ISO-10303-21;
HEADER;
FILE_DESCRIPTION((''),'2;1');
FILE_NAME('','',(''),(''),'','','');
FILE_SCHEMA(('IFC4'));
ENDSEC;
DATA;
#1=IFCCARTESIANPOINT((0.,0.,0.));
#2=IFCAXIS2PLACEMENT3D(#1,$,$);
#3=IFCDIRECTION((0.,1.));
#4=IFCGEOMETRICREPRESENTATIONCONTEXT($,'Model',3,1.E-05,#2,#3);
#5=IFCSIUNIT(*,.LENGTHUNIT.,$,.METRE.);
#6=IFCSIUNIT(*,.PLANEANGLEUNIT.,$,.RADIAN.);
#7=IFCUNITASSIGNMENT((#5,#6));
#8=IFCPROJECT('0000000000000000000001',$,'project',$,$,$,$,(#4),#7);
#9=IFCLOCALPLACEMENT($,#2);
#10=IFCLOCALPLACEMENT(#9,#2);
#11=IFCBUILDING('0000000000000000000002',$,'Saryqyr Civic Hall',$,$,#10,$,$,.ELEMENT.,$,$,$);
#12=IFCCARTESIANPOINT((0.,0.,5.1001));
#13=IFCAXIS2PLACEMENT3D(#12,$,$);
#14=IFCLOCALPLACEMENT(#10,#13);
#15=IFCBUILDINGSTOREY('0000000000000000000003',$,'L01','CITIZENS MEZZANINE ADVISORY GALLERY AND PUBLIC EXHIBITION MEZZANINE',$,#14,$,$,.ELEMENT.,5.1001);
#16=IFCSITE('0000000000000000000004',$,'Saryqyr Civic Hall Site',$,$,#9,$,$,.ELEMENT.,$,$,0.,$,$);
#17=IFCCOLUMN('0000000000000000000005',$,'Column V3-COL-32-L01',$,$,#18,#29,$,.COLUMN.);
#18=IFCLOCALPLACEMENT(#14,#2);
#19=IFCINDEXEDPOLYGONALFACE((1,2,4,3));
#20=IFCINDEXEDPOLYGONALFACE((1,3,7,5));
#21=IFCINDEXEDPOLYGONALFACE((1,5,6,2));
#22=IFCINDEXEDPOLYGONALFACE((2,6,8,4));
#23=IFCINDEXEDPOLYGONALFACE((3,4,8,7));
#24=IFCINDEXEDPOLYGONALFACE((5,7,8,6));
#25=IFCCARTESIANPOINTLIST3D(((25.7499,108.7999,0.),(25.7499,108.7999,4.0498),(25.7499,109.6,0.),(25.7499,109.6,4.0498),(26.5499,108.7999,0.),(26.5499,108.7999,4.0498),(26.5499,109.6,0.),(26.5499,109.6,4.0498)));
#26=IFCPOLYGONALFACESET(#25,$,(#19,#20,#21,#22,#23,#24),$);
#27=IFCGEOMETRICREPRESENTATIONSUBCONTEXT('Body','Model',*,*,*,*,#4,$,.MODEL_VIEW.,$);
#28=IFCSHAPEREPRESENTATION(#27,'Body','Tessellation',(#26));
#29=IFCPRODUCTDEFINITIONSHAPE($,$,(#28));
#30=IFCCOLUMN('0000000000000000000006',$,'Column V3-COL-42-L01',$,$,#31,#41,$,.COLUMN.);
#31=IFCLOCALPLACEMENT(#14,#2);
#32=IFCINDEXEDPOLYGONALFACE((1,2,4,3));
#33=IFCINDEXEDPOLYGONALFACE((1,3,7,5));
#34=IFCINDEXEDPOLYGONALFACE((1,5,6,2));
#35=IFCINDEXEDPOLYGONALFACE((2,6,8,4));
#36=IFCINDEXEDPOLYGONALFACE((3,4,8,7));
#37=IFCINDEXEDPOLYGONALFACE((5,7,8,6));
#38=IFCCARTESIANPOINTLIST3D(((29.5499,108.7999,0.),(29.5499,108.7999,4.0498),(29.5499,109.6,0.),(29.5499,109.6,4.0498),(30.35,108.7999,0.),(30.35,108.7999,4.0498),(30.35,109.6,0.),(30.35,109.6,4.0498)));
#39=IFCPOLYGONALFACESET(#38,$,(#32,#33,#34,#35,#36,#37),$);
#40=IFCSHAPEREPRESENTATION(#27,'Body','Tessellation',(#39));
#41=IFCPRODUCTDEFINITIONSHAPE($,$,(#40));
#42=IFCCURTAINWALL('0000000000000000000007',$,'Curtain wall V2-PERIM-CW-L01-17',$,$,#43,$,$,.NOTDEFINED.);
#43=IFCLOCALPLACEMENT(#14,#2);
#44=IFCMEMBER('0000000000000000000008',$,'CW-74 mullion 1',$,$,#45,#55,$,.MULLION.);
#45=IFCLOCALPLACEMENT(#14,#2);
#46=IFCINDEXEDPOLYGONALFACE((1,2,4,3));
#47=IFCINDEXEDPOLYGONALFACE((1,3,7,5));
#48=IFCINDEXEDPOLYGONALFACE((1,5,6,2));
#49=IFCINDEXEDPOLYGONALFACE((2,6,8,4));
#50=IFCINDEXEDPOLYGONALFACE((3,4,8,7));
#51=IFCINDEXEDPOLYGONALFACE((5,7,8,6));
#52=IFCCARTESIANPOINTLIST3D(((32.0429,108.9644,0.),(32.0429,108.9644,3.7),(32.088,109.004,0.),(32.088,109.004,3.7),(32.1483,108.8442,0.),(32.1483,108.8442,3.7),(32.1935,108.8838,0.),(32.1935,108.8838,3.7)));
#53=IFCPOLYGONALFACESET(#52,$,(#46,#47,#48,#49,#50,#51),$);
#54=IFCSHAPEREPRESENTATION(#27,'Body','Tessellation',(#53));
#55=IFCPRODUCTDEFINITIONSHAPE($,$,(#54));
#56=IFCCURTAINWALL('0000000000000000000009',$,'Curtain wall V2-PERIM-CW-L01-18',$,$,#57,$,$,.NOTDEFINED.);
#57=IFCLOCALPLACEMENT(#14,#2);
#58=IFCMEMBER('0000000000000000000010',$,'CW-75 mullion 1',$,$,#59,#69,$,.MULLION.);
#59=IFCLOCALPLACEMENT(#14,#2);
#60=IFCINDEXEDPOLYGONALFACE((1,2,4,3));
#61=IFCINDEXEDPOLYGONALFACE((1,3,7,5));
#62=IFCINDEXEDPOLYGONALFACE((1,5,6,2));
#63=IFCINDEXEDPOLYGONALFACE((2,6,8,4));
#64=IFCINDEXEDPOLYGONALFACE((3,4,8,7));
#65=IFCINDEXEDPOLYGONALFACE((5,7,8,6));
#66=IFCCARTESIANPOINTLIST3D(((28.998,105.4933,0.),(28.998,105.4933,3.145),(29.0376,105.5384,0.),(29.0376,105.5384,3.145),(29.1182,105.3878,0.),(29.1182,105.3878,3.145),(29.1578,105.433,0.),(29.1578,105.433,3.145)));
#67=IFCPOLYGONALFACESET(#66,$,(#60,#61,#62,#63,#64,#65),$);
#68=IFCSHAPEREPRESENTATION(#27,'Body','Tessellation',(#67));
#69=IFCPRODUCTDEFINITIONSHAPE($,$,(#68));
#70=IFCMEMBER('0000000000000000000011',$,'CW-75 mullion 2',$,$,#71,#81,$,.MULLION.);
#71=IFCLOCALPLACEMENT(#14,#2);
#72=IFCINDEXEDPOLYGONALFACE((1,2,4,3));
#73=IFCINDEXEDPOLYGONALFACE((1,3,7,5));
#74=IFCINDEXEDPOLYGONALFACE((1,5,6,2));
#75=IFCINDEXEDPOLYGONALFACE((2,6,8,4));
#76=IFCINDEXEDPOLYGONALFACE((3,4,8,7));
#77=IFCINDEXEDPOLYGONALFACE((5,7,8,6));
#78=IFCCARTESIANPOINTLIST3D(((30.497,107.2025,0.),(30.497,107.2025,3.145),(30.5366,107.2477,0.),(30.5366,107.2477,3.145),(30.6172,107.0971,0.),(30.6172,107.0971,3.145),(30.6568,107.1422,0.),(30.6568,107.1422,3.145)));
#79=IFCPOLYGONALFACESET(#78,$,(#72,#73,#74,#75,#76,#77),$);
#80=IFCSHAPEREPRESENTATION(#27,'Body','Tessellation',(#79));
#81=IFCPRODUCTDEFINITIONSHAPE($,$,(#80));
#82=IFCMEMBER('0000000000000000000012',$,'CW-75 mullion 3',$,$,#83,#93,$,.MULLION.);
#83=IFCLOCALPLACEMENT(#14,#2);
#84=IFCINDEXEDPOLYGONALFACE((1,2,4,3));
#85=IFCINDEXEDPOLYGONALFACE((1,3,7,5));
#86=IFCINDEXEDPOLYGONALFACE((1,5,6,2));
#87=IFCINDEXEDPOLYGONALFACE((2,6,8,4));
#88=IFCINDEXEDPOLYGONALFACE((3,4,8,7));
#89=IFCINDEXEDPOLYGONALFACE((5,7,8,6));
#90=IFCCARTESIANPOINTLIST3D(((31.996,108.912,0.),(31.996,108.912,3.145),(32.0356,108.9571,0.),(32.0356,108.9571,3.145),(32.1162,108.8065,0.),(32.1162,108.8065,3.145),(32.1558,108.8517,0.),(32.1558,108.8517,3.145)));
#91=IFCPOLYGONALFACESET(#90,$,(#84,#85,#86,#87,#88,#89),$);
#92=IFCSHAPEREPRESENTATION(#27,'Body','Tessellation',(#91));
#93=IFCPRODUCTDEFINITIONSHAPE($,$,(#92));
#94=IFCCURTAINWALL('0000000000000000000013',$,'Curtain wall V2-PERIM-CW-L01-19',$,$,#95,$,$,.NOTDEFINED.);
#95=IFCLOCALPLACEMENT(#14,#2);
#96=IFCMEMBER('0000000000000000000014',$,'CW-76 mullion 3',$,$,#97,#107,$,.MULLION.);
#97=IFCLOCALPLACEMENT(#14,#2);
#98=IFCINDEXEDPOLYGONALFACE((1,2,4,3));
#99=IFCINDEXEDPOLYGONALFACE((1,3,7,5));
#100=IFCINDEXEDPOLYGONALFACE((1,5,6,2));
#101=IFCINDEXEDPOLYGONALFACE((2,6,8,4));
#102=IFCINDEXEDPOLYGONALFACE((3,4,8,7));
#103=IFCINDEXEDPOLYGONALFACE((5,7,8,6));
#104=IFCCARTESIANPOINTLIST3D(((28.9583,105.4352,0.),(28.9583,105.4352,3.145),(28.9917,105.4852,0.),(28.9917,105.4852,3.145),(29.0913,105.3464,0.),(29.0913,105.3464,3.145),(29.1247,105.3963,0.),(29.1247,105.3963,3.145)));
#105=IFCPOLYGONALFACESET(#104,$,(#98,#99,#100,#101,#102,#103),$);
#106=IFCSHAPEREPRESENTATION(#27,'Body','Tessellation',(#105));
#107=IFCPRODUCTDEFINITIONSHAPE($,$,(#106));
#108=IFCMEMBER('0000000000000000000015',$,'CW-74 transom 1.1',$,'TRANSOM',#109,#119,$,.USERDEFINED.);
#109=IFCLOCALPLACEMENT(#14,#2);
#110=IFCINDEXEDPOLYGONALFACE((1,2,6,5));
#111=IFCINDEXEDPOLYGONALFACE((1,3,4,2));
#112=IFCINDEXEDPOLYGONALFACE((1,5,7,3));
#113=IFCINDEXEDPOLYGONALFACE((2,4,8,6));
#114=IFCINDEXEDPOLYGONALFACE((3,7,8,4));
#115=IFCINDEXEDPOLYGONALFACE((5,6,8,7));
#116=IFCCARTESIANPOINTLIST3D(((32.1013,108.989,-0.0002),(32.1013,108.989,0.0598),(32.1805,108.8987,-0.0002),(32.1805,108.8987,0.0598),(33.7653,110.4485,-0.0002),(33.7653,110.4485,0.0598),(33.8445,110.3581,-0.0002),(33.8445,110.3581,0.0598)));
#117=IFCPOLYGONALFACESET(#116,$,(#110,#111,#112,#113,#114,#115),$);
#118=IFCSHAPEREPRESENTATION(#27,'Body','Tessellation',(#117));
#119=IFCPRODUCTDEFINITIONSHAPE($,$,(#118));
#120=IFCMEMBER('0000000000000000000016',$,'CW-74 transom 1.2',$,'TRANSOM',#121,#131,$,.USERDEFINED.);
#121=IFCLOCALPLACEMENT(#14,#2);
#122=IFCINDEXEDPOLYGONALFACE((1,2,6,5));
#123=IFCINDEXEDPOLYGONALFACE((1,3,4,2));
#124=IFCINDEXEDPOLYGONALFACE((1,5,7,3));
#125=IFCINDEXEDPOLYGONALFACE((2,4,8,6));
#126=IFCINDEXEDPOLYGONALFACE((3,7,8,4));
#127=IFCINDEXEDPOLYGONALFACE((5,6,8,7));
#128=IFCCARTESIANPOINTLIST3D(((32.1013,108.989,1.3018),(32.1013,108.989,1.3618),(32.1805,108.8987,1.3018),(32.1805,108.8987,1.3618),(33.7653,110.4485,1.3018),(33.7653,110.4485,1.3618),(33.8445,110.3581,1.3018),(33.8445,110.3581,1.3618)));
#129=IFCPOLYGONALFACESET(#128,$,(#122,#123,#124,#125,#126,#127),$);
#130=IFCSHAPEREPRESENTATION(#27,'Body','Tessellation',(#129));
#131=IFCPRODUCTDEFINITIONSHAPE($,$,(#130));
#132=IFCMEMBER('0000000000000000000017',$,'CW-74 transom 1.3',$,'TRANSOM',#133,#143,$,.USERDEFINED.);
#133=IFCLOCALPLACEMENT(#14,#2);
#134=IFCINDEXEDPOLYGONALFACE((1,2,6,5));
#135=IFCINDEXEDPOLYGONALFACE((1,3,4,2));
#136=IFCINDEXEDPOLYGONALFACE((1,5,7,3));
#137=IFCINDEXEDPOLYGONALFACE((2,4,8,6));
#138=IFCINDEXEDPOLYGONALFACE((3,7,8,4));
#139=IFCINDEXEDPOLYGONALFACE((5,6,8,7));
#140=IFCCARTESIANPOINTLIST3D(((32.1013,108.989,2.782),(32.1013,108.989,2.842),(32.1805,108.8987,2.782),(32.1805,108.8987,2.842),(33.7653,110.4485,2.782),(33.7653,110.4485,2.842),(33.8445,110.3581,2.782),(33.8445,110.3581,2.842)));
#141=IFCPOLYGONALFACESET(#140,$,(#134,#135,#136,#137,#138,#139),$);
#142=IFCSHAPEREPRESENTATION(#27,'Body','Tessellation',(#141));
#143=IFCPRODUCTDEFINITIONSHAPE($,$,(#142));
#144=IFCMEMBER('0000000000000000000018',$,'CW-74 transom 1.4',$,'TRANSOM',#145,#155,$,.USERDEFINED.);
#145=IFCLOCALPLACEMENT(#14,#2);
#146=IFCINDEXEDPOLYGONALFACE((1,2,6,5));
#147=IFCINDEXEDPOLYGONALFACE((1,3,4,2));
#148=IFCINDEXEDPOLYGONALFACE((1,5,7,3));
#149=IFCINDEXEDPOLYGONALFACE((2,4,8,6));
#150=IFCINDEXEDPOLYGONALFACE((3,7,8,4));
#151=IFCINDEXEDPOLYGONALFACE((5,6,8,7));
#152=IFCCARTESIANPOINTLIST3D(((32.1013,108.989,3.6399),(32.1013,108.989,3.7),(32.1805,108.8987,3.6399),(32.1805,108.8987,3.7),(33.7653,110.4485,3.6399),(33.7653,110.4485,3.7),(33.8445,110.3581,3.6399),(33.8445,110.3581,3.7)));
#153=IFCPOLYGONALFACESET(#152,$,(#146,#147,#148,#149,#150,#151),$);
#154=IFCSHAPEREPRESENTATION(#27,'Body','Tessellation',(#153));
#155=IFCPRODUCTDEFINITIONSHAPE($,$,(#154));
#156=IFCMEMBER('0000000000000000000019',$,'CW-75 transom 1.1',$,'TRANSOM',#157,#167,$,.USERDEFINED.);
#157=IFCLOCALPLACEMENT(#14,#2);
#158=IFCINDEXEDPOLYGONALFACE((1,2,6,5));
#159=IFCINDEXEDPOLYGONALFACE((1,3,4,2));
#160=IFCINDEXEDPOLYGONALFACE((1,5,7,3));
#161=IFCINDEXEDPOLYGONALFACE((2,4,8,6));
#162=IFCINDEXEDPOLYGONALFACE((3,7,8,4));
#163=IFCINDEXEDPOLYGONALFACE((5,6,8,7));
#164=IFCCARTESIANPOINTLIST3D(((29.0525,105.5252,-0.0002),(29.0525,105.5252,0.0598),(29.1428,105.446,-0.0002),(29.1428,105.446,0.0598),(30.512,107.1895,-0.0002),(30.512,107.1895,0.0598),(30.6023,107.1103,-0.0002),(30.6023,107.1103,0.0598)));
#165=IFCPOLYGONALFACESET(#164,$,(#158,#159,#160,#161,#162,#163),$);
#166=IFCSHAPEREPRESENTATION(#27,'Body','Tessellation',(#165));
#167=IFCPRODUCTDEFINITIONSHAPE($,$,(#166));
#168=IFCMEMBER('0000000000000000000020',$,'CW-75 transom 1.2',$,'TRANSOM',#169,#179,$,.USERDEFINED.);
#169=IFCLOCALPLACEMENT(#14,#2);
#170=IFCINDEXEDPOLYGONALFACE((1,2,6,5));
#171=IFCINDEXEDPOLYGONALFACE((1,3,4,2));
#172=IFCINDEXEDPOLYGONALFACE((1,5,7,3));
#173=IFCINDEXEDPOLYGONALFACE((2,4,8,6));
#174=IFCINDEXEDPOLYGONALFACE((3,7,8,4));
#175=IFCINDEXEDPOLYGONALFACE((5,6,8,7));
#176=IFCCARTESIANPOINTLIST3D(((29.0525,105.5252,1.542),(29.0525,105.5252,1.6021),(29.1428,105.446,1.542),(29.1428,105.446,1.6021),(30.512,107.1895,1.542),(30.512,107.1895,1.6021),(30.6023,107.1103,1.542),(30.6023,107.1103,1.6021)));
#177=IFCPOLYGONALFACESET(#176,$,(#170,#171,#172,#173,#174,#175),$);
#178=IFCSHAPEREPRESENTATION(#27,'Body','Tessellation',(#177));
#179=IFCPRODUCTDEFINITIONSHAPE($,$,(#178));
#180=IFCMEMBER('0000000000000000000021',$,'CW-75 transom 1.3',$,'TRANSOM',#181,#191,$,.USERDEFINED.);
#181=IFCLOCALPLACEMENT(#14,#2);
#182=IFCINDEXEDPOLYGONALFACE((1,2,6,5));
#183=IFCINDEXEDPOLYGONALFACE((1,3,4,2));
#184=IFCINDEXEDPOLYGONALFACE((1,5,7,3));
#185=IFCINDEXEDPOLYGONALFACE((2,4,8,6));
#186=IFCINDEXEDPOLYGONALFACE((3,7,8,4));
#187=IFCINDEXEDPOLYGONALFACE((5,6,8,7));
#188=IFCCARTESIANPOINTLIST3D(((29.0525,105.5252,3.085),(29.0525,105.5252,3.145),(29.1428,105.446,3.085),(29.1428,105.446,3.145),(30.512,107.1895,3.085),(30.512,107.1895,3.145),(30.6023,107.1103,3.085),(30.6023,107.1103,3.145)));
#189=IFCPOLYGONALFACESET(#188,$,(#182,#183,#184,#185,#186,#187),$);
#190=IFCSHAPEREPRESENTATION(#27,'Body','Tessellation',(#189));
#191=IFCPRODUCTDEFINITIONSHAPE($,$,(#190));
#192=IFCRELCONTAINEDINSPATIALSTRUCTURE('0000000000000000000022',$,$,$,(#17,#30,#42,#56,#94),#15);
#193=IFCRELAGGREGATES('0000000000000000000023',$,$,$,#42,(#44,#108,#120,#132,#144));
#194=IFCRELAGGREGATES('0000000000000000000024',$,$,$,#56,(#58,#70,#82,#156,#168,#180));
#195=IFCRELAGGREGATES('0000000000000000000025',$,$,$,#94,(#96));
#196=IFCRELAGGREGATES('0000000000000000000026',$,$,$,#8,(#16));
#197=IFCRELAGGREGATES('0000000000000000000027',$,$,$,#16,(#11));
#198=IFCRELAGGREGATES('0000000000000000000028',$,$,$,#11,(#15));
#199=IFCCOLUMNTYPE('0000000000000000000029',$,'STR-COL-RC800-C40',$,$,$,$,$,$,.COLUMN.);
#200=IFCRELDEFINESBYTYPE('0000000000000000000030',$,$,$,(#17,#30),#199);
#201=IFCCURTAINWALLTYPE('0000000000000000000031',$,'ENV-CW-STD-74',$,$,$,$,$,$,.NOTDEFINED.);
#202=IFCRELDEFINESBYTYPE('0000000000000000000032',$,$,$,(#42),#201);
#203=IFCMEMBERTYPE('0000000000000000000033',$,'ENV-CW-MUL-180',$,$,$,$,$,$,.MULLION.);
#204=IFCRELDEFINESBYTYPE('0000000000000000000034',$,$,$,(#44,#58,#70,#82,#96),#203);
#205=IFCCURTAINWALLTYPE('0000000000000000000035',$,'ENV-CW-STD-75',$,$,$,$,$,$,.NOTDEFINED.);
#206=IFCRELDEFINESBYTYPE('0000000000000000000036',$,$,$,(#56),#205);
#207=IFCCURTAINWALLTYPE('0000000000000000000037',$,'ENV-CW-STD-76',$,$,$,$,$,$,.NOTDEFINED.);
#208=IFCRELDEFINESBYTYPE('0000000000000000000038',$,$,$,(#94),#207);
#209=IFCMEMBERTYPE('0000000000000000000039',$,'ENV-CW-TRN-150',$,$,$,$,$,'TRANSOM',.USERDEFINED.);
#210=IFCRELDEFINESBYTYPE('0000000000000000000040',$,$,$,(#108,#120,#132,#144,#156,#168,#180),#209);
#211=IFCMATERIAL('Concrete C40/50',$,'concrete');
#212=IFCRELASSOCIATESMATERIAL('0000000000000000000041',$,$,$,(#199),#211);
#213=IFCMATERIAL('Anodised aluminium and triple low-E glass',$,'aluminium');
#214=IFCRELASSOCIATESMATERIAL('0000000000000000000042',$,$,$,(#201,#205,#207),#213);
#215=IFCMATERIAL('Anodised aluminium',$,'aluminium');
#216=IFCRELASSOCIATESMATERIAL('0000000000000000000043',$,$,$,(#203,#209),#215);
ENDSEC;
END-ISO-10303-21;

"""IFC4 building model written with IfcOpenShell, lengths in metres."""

from ifc_helpers import new_model, si_unit, direction, frame, origin, origin_2d, place, context, subcontext, project, spatial, rectangle, extrude, material, material_profile, profile_set, type_object, element, aggregate, save


model = new_model("IFC4")

# Units and contexts
model_context = context("Model", 3, precision=1e-05, world=origin(), true_north=direction((0.0, 1.0)))
body_context = subcontext(model_context, "Body", "Model", "MODEL_VIEW")
ifc_project = project(units=[si_unit("LENGTHUNIT", "METRE"), si_unit("PLANEANGLEUNIT", "RADIAN")], contexts=[model_context])

# Site, building, storey
site_placement = place(None, origin())
site = spatial("IfcSite", under=ifc_project, at=site_placement, Name="Saryqyr Civic Hall Site", CompositionType="ELEMENT", RefElevation=0.0)
building_placement = place(site_placement, origin())
building = spatial("IfcBuilding", under=site, at=building_placement, Name="Saryqyr Civic Hall", CompositionType="ELEMENT")
storey_placement = place(building_placement, frame((0.0, 0.0, 5.1001)))
storey = spatial("IfcBuildingStorey", under=building, at=storey_placement, Name="L01", Description="CITIZENS MEZZANINE ADVISORY GALLERY AND PUBLIC EXHIBITION MEZZANINE", CompositionType="ELEMENT", Elevation=5.1001)

# Columns
ifc_material_1 = material(Name="Concrete C40/50", Category="concrete")
ifc_material_profile_1 = material_profile(ifc_material_1, rectangle(XDim=0.8, YDim=0.8, at=origin_2d()), Name="RC 800x800")
ifc_profile_set_1 = profile_set([ifc_material_profile_1], Name="Concrete C40/50")
column_type = type_object("IfcColumnType", Name="STR-COL-RC800-C40", PredefinedType="COLUMN", material=ifc_profile_set_1)
for number, where, z_axis, x_axis, name in (
    (1, (26.1499, 109.2, 0.0), (0.0, 0.0, 1.0), (1.0, 0.0, 0.0), "Column V3-COL-32-L01"),
    (2, (29.95, 109.2, 0.0), (0.0, 0.0, 1.0), (1.0, 0.0, 0.0), "Column V3-COL-42-L01"),
):
    element("IfcColumn", number, at=place(storey_placement, frame(where, z_axis=z_axis, x_axis=x_axis)), inside=storey, type_object=column_type, Name=name, PredefinedType="COLUMN", context=body_context, shape_type="SweptSolid", body=[
        extrude(rectangle(XDim=0.8, YDim=0.8, at=origin_2d()), origin(), (0.0, 0.0, 1.0), 4.0498),
    ])

# Curtain wall, member
ifc_material_2 = material(Name="Anodised aluminium and triple low-E glass", Category="aluminium")
curtain_wall_type_1 = type_object("IfcCurtainWallType", Name="ENV-CW-STD-74", PredefinedType="NOTDEFINED", material=ifc_material_2)
curtain_wall_1_placement = place(storey_placement, origin())
curtain_wall_1 = element("IfcCurtainWall", 3, at=curtain_wall_1_placement, inside=storey, type_object=curtain_wall_type_1, Name="Curtain wall V2-PERIM-CW-L01-17", PredefinedType="NOTDEFINED")
ifc_material_3 = material(Name="Anodised aluminium", Category="aluminium")
ifc_material_profile_2 = material_profile(ifc_material_3, rectangle(XDim=0.0601, YDim=0.1599, at=origin_2d()), Name="ALU MULLION 60x160")
ifc_profile_set_2 = profile_set([ifc_material_profile_2], Name="Anodised aluminium")
member_type_1 = type_object("IfcMemberType", Name="ENV-CW-MUL-180", PredefinedType="MULLION", material=ifc_profile_set_2)
member_1_placement = place(storey_placement, frame((32.1182, 108.9241, 0.0), z_axis=(0.0, 0.0, 1.0), x_axis=(0.751838, 0.659348, 0.0)))
member_1 = element("IfcMember", 4, at=member_1_placement, type_object=member_type_1, Name="CW-74 mullion 1", PredefinedType="MULLION", context=body_context, shape_type="SweptSolid", body=[
    extrude(rectangle(XDim=0.0601, YDim=0.1599, at=origin_2d()), origin(), (0.0, 0.0, 1.0), 3.7),
])

# Curtain wall, members
curtain_wall_type_2 = type_object("IfcCurtainWallType", Name="ENV-CW-STD-75", PredefinedType="NOTDEFINED", material=ifc_material_2)
curtain_wall_2_placement = place(storey_placement, origin())
curtain_wall_2 = element("IfcCurtainWall", 5, at=curtain_wall_2_placement, inside=storey, type_object=curtain_wall_type_2, Name="Curtain wall V2-PERIM-CW-L01-18", PredefinedType="NOTDEFINED")
member_2_placement = place(storey_placement, frame((29.0779, 105.4631, 0.0), z_axis=(0.0, 0.0, 1.0), x_axis=(0.659348, 0.751838, 0.0)))
member_2 = element("IfcMember", 6, at=member_2_placement, type_object=member_type_1, Name="CW-75 mullion 1", PredefinedType="MULLION", context=body_context, shape_type="SweptSolid", body=[
    extrude(rectangle(XDim=0.0601, YDim=0.1599, at=origin_2d()), origin(), (0.0, 0.0, 1.0), 3.145),
])
member_3_placement = place(storey_placement, frame((30.5769, 107.1724, 0.0), z_axis=(0.0, 0.0, 1.0), x_axis=(0.659348, 0.751838, 0.0)))
member_3 = element("IfcMember", 7, at=member_3_placement, type_object=member_type_1, Name="CW-75 mullion 2", PredefinedType="MULLION", context=body_context, shape_type="SweptSolid", body=[
    extrude(rectangle(XDim=0.0601, YDim=0.1599, at=origin_2d()), origin(), (0.0, 0.0, 1.0), 3.145),
])
member_4_placement = place(storey_placement, frame((32.0759, 108.8818, 0.0), z_axis=(0.0, 0.0, 1.0), x_axis=(0.659348, 0.751838, 0.0)))
member_4 = element("IfcMember", 8, at=member_4_placement, type_object=member_type_1, Name="CW-75 mullion 3", PredefinedType="MULLION", context=body_context, shape_type="SweptSolid", body=[
    extrude(rectangle(XDim=0.0601, YDim=0.1599, at=origin_2d()), origin(), (0.0, 0.0, 1.0), 3.145),
])

# Curtain wall, member
curtain_wall_type_3 = type_object("IfcCurtainWallType", Name="ENV-CW-STD-76", PredefinedType="NOTDEFINED", material=ifc_material_2)
curtain_wall_3_placement = place(storey_placement, origin())
curtain_wall_3 = element("IfcCurtainWall", 9, at=curtain_wall_3_placement, inside=storey, type_object=curtain_wall_type_3, Name="Curtain wall V2-PERIM-CW-L01-19", PredefinedType="NOTDEFINED")
member_5_placement = place(storey_placement, frame((29.0415, 105.4158, 0.0), z_axis=(0.0, 0.0, 1.0), x_axis=(0.555559, 0.831477, 0.0)))
member_5 = element("IfcMember", 10, at=member_5_placement, type_object=member_type_1, Name="CW-76 mullion 3", PredefinedType="MULLION", context=body_context, shape_type="SweptSolid", body=[
    extrude(rectangle(XDim=0.0601, YDim=0.1599, at=origin_2d()), origin(), (0.0, 0.0, 1.0), 3.145),
])

# Members
ifc_material_profile_3 = material_profile(ifc_material_3, rectangle(XDim=0.1201, YDim=0.0601, at=origin_2d()), Name="ALU TRANSOM 120x60")
ifc_profile_set_3 = profile_set([ifc_material_profile_3], Name="Anodised aluminium")
member_type_2 = type_object("IfcMemberType", Name="ENV-CW-TRN-150", ElementType="TRANSOM", PredefinedType="USERDEFINED", material=ifc_profile_set_3)
member_6_placement = place(storey_placement, frame((32.1409, 108.9438, 0.0298), z_axis=(0.751811, 0.659379, 0.0), x_axis=(-0.659379, 0.751811, 0.0)))
member_6 = element("IfcMember", 11, at=member_6_placement, type_object=member_type_2, Name="CW-74 transom 1.1", ObjectType="TRANSOM", PredefinedType="USERDEFINED", context=body_context, shape_type="SweptSolid", body=[
    extrude(rectangle(XDim=0.1201, YDim=0.0601, at=origin_2d()), origin(), (0.0, 0.0, 1.0), 2.2134),
])
member_7_placement = place(storey_placement, frame((32.1409, 108.9438, 1.3318), z_axis=(0.751811, 0.659379, 0.0), x_axis=(-0.659379, 0.751811, 0.0)))
member_7 = element("IfcMember", 12, at=member_7_placement, type_object=member_type_2, Name="CW-74 transom 1.2", ObjectType="TRANSOM", PredefinedType="USERDEFINED", context=body_context, shape_type="SweptSolid", body=[
    extrude(rectangle(XDim=0.1201, YDim=0.0601, at=origin_2d()), origin(), (0.0, 0.0, 1.0), 2.2134),
])
member_8_placement = place(storey_placement, frame((32.1409, 108.9438, 2.812), z_axis=(0.751811, 0.659379, 0.0), x_axis=(-0.659379, 0.751811, 0.0)))
member_8 = element("IfcMember", 13, at=member_8_placement, type_object=member_type_2, Name="CW-74 transom 1.3", ObjectType="TRANSOM", PredefinedType="USERDEFINED", context=body_context, shape_type="SweptSolid", body=[
    extrude(rectangle(XDim=0.1201, YDim=0.0601, at=origin_2d()), origin(), (0.0, 0.0, 1.0), 2.2134),
])
member_9_placement = place(storey_placement, frame((32.1409, 108.9438, 3.6699), z_axis=(0.751811, 0.659379, 0.0), x_axis=(-0.659379, 0.751811, 0.0)))
member_9 = element("IfcMember", 14, at=member_9_placement, type_object=member_type_2, Name="CW-74 transom 1.4", ObjectType="TRANSOM", PredefinedType="USERDEFINED", context=body_context, shape_type="SweptSolid", body=[
    extrude(rectangle(XDim=0.1201, YDim=0.0601, at=origin_2d()), origin(), (0.0, 0.0, 1.0), 2.2134),
])
member_10_placement = place(storey_placement, frame((29.0977, 105.4856, 0.0298), z_axis=(0.659324, 0.751859, 0.0), x_axis=(-0.751859, 0.659324, 0.0)))
member_10 = element("IfcMember", 15, at=member_10_placement, type_object=member_type_2, Name="CW-75 transom 1.1", ObjectType="TRANSOM", PredefinedType="USERDEFINED", context=body_context, shape_type="SweptSolid", body=[
    extrude(rectangle(XDim=0.1201, YDim=0.0601, at=origin_2d()), origin(), (0.0, 0.0, 1.0), 2.2136),
])
member_11_placement = place(storey_placement, frame((29.0977, 105.4856, 1.572), z_axis=(0.659324, 0.751859, 0.0), x_axis=(-0.751859, 0.659324, 0.0)))
member_11 = element("IfcMember", 16, at=member_11_placement, type_object=member_type_2, Name="CW-75 transom 1.2", ObjectType="TRANSOM", PredefinedType="USERDEFINED", context=body_context, shape_type="SweptSolid", body=[
    extrude(rectangle(XDim=0.1201, YDim=0.0601, at=origin_2d()), origin(), (0.0, 0.0, 1.0), 2.2136),
])
member_12_placement = place(storey_placement, frame((29.0977, 105.4856, 3.115), z_axis=(0.659324, 0.751859, 0.0), x_axis=(-0.751859, 0.659324, 0.0)))
member_12 = element("IfcMember", 17, at=member_12_placement, type_object=member_type_2, Name="CW-75 transom 1.3", ObjectType="TRANSOM", PredefinedType="USERDEFINED", context=body_context, shape_type="SweptSolid", body=[
    extrude(rectangle(XDim=0.1201, YDim=0.0601, at=origin_2d()), origin(), (0.0, 0.0, 1.0), 2.2136),
])

aggregate(curtain_wall_1, [member_1, member_6, member_7, member_8, member_9])
aggregate(curtain_wall_2, [member_2, member_3, member_4, member_10, member_11, member_12])
aggregate(curtain_wall_3, [member_5])

save(model, "model.ifc")
